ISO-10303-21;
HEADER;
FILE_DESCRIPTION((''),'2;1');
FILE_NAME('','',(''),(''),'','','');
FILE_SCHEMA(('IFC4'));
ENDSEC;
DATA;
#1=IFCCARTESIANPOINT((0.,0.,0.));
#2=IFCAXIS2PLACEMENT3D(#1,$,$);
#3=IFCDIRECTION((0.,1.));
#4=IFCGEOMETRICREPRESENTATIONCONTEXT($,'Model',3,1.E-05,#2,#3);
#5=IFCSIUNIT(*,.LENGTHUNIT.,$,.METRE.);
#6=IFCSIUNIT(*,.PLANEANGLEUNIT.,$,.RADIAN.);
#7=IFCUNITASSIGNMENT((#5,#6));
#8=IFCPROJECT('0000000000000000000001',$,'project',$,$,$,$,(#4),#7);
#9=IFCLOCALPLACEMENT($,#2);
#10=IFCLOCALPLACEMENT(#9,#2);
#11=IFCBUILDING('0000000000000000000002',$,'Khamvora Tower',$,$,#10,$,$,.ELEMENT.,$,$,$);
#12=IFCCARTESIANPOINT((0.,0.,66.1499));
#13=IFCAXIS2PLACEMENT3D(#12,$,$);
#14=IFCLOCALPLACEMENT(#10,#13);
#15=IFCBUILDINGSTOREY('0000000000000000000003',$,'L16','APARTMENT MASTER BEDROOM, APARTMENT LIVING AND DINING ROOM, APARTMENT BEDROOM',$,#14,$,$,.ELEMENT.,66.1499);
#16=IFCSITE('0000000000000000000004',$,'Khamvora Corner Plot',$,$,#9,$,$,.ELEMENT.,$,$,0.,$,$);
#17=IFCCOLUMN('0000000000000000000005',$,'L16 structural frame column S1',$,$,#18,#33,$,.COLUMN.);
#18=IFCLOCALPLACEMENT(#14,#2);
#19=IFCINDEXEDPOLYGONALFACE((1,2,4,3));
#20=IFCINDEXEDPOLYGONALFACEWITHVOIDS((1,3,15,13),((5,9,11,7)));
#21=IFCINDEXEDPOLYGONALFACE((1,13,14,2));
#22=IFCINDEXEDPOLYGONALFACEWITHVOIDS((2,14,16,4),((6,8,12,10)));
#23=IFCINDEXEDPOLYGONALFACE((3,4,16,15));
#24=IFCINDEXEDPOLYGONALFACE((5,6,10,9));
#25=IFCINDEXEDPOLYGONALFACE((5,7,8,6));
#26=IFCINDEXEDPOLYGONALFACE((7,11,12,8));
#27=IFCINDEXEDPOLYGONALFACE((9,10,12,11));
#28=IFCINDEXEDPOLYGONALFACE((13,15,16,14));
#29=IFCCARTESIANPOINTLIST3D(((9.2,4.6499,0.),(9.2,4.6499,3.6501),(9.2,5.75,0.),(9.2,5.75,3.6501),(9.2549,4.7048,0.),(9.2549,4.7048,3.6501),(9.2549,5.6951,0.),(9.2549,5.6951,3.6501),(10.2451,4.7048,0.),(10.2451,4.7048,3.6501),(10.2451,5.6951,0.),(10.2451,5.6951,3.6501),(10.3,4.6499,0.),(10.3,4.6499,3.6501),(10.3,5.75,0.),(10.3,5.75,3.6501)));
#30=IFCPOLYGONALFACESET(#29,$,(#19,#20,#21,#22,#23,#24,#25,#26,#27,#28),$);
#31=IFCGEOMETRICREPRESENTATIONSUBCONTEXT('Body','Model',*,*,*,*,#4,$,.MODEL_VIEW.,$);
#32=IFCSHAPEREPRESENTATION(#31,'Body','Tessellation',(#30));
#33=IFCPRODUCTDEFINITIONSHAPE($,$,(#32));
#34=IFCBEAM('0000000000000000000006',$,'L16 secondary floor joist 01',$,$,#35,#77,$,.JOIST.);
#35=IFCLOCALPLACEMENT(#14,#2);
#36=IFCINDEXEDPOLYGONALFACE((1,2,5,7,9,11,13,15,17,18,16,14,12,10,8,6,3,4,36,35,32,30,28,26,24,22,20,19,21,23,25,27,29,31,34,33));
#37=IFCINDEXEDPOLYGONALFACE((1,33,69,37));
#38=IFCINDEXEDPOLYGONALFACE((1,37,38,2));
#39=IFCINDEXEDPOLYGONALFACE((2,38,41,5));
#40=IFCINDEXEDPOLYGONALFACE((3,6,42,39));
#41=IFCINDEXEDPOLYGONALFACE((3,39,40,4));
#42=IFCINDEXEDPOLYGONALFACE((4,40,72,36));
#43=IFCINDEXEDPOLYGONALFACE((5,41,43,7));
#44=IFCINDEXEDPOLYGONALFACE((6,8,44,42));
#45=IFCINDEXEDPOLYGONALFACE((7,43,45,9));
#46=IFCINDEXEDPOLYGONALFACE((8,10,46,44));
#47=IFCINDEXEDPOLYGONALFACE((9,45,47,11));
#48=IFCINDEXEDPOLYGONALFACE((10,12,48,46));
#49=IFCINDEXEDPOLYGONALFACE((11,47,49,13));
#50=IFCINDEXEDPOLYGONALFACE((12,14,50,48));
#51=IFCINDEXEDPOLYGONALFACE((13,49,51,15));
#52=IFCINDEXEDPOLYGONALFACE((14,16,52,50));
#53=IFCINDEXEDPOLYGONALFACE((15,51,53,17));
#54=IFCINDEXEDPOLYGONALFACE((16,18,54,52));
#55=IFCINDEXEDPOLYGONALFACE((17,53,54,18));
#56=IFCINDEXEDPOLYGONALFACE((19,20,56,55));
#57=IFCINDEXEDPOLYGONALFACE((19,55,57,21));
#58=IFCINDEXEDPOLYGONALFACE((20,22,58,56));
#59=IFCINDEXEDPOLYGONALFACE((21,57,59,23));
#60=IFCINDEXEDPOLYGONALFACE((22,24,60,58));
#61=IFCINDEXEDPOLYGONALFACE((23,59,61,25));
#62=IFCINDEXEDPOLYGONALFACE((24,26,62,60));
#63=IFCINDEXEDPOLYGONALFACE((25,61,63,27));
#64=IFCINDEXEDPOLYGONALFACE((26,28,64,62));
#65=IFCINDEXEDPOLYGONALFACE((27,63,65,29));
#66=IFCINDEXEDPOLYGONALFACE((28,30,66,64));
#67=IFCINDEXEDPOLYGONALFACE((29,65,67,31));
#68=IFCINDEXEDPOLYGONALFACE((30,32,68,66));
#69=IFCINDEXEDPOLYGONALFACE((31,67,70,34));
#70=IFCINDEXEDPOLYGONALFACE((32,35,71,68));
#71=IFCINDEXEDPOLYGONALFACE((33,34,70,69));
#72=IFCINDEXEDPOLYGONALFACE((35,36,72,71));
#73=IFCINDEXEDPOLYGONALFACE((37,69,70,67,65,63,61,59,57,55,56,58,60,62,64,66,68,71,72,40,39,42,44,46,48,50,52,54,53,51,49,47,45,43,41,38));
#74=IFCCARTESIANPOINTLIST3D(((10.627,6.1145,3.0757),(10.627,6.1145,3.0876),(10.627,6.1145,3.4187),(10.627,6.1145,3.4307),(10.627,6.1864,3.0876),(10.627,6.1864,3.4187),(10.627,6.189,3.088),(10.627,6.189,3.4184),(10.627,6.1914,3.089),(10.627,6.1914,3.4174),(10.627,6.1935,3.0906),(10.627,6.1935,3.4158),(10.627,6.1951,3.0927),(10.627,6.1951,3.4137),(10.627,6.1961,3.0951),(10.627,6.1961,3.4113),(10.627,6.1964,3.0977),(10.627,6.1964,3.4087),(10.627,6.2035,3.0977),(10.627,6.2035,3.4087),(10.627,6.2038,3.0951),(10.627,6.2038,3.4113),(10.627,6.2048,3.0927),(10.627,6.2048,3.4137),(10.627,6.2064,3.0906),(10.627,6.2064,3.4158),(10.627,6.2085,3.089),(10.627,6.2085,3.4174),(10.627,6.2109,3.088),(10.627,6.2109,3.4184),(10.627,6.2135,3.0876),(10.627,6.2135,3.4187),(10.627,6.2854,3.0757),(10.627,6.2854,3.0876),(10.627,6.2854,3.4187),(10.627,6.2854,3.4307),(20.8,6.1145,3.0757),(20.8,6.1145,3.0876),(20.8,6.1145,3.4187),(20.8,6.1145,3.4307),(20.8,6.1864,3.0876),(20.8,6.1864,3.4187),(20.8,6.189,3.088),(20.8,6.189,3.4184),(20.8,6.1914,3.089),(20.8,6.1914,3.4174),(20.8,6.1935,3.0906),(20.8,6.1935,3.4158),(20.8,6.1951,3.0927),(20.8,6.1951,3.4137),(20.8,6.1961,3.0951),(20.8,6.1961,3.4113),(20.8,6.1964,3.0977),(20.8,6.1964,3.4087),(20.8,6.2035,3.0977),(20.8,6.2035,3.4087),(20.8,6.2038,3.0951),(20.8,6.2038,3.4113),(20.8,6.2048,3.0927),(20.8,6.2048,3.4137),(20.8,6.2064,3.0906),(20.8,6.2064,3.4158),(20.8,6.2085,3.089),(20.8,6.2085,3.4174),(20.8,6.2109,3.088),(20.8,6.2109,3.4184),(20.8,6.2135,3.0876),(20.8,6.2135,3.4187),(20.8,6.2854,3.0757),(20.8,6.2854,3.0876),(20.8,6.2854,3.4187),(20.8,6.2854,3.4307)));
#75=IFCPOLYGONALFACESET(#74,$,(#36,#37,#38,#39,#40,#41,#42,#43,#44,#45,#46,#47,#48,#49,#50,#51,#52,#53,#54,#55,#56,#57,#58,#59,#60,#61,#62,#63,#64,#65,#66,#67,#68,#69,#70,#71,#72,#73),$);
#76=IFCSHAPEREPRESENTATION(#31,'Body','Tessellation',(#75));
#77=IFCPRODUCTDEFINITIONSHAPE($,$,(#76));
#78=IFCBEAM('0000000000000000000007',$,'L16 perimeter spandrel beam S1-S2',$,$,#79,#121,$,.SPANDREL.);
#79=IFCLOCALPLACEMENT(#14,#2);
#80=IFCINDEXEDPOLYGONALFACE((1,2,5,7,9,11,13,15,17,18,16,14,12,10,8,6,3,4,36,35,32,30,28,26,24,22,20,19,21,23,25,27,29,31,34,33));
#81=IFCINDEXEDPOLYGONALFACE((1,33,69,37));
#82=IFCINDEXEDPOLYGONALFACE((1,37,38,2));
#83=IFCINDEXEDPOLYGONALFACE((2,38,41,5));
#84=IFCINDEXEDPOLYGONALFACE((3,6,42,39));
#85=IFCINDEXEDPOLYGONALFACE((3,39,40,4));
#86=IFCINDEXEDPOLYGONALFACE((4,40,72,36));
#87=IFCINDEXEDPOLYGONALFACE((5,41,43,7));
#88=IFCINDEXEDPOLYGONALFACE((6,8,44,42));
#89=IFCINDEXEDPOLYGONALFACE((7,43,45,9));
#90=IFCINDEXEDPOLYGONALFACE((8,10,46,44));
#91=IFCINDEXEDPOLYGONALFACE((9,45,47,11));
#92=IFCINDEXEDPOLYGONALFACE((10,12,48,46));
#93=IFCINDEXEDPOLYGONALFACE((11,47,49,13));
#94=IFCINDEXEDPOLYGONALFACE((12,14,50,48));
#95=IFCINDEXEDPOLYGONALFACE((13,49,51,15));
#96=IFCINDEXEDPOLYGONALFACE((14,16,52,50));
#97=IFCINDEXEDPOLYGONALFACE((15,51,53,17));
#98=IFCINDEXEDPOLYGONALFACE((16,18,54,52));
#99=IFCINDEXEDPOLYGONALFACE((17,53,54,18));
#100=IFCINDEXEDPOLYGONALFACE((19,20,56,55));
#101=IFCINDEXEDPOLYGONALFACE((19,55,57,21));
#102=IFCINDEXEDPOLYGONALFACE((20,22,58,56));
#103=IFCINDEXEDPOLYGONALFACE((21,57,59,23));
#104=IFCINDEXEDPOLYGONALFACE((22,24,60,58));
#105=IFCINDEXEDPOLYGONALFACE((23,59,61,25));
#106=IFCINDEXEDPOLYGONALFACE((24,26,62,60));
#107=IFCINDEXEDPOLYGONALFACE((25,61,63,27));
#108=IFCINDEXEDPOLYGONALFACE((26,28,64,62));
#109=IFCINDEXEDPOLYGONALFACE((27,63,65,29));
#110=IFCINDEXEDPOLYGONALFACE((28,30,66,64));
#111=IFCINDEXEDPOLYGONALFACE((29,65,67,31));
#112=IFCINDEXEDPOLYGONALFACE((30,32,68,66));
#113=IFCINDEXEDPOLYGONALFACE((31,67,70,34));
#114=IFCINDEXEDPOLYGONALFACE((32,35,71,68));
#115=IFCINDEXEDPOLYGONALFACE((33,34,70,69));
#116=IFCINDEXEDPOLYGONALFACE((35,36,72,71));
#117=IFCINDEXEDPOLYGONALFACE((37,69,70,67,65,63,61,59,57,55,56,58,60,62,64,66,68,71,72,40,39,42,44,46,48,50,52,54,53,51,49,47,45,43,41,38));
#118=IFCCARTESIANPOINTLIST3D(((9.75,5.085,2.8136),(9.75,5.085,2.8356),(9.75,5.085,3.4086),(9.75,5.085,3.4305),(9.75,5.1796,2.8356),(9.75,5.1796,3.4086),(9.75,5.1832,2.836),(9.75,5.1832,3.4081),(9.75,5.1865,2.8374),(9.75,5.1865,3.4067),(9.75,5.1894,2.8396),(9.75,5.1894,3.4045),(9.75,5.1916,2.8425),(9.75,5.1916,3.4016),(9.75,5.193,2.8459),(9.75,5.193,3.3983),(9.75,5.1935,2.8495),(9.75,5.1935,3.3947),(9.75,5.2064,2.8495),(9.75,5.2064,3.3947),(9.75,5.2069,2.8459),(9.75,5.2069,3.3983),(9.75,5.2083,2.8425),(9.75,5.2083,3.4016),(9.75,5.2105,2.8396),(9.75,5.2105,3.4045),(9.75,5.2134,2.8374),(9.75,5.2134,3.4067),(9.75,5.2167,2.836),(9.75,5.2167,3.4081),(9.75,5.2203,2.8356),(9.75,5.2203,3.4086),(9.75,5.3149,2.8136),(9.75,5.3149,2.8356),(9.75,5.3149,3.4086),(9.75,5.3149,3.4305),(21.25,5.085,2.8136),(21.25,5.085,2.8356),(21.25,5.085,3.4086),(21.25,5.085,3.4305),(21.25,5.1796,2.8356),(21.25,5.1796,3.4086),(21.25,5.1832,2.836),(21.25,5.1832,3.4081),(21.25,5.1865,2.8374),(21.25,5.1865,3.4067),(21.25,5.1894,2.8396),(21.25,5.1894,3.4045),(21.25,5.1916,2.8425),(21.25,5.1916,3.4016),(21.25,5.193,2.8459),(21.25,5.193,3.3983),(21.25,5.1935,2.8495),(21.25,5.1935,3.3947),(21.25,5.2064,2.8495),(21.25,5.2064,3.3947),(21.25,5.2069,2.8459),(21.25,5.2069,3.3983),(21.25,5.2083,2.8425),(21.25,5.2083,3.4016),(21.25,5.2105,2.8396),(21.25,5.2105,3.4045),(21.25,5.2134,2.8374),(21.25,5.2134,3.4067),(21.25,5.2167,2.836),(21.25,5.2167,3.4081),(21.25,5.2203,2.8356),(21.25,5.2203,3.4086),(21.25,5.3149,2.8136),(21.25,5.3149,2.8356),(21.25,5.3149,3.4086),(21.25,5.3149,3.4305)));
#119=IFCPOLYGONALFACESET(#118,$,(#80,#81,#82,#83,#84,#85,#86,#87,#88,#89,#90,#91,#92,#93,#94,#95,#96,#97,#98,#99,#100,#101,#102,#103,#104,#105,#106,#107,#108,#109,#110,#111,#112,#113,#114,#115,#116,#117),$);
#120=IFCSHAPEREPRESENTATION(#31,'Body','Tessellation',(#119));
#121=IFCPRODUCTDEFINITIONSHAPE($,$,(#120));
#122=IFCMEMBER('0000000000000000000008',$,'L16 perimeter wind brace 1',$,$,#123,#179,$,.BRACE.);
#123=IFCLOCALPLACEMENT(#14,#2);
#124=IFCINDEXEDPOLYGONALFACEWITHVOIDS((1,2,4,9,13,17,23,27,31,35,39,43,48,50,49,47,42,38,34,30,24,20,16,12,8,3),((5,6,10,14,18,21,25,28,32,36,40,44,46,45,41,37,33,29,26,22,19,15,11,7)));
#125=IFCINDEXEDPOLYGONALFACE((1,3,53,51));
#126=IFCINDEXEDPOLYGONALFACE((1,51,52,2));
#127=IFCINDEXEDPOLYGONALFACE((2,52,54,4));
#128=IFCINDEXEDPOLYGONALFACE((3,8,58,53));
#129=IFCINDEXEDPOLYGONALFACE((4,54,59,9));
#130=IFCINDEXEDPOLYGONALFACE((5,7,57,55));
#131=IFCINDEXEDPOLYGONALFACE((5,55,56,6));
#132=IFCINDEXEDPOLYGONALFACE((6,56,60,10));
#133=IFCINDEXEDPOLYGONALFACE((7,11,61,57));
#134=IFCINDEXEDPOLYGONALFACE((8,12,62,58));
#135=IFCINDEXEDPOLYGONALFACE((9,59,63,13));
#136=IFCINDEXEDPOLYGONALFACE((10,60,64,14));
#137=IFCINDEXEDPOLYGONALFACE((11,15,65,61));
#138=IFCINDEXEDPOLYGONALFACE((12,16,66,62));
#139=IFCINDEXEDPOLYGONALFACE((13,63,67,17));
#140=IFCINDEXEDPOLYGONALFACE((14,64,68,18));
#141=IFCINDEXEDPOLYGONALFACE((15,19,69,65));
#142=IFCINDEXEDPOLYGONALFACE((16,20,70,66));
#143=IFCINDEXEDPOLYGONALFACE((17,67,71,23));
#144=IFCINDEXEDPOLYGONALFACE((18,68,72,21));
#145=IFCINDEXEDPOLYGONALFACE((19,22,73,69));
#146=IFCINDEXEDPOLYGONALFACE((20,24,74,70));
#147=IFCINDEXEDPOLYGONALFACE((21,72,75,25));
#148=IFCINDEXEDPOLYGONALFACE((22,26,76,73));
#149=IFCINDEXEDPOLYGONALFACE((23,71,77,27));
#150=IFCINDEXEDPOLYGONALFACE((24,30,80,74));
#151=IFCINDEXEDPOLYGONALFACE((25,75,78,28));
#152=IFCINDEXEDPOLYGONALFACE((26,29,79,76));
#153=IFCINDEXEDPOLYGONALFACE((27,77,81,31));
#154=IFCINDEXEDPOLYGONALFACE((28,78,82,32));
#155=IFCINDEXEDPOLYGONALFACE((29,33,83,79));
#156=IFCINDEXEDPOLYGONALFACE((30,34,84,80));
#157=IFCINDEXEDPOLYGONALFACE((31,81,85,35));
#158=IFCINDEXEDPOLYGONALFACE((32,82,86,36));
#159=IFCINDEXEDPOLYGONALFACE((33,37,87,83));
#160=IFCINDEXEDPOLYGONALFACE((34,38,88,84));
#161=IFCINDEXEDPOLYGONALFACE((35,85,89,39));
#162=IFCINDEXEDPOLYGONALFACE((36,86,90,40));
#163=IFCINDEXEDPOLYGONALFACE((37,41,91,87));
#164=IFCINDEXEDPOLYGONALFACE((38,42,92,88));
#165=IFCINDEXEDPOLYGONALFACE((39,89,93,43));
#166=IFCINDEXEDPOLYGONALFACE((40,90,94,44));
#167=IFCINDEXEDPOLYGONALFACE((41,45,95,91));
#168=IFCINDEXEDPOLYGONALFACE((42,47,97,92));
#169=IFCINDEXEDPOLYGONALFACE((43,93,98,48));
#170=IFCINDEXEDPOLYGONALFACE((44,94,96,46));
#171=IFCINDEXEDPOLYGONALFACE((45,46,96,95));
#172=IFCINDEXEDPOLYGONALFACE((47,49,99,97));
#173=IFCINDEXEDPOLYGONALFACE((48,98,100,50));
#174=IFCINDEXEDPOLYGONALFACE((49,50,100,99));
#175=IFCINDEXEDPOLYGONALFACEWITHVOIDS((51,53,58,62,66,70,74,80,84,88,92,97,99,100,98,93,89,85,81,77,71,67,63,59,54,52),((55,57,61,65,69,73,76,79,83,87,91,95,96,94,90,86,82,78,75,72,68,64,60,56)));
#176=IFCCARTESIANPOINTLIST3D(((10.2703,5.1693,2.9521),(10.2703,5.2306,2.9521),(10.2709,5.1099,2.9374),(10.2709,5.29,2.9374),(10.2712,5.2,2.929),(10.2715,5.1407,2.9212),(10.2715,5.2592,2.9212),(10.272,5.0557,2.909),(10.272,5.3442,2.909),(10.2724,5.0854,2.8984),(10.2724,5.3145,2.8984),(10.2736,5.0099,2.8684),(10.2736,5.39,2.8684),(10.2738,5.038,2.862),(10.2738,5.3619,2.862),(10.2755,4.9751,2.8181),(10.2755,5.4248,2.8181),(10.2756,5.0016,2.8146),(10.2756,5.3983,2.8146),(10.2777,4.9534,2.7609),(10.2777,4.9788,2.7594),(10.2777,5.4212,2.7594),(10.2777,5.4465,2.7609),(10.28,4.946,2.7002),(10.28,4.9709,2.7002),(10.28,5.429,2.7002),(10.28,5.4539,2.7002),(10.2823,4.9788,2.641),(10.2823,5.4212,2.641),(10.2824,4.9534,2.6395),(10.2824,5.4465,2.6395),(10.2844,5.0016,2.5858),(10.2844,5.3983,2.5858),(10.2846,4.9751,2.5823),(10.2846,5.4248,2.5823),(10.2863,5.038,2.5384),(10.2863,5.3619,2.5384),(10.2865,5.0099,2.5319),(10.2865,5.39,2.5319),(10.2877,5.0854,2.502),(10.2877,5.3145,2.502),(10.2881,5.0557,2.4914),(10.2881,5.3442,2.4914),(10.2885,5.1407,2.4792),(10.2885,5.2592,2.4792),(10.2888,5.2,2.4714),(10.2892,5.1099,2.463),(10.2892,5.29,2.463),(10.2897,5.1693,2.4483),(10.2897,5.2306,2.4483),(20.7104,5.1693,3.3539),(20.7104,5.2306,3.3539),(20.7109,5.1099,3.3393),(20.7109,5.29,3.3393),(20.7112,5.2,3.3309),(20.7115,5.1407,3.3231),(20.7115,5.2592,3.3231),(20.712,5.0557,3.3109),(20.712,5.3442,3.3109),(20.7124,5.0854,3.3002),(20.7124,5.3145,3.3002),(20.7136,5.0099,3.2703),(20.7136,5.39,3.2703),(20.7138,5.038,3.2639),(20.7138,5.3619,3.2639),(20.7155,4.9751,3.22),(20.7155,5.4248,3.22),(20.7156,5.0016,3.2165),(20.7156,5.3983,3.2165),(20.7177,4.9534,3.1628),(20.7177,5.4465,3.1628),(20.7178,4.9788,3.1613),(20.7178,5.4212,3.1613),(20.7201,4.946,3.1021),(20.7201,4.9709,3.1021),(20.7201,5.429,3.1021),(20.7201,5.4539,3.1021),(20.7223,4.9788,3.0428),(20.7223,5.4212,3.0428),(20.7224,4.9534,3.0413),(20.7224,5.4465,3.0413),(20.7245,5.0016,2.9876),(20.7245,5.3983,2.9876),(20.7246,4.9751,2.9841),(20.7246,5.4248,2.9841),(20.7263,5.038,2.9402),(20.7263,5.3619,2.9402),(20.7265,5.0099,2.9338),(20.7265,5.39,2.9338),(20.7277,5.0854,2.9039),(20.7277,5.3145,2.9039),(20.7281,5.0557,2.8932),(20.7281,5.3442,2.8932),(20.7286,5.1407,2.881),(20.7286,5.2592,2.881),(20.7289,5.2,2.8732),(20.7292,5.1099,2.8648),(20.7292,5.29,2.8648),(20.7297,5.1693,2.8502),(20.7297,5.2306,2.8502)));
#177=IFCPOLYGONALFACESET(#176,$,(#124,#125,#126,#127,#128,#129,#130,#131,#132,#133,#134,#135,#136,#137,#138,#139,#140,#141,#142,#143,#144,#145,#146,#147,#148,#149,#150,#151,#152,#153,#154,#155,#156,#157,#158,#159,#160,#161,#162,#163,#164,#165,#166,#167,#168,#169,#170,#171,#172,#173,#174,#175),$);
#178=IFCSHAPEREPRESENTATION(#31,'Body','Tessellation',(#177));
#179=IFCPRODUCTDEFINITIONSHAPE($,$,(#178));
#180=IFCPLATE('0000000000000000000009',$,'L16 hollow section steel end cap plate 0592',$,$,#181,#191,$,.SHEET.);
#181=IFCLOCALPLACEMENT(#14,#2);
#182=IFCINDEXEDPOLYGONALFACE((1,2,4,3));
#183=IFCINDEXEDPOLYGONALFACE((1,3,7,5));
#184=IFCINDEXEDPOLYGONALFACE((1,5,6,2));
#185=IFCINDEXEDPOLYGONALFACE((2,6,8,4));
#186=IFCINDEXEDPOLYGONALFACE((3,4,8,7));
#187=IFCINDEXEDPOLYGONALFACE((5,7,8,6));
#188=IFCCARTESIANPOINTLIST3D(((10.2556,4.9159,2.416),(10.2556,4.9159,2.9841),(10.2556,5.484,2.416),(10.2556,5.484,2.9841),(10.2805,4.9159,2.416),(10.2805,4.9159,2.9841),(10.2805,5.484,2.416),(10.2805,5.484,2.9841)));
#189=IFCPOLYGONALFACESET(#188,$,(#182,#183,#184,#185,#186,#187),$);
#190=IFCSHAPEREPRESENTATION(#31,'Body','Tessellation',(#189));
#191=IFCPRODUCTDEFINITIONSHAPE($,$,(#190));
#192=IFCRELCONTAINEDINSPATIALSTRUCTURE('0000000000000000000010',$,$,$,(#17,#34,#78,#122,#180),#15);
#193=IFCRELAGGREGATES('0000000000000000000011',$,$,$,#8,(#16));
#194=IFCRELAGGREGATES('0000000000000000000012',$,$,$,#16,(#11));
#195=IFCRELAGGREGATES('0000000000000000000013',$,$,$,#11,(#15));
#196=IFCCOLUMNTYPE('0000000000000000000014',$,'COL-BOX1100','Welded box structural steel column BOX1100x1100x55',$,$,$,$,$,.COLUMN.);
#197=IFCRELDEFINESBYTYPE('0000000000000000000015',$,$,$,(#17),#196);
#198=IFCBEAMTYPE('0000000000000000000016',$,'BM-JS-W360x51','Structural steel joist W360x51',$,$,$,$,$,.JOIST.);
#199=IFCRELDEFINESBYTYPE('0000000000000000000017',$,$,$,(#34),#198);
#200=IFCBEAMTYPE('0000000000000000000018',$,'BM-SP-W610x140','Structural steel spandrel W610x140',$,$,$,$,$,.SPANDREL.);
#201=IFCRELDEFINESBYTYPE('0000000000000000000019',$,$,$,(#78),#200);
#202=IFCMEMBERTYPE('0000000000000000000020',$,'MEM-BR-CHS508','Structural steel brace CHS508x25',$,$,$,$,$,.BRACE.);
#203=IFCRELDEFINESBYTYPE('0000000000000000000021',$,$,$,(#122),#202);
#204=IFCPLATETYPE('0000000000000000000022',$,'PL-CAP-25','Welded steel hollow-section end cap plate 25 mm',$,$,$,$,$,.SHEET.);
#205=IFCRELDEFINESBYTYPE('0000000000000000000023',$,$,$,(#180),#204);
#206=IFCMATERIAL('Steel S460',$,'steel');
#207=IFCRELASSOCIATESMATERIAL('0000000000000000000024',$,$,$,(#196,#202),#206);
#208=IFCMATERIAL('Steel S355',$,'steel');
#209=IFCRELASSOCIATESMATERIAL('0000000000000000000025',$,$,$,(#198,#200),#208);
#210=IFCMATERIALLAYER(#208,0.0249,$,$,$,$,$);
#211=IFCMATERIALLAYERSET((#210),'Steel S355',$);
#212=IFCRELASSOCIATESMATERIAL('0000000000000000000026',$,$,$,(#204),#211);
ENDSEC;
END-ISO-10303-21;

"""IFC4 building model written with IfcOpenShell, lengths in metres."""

from ifc_helpers import new_model, si_unit, direction, frame, origin, origin_2d, place, context, subcontext, project, spatial, rectangle, hollow_rectangle, hollow_circle, i_section, extrude, material, layer, layer_set, material_profile, profile_set, type_object, element, save


model = new_model("IFC4")

# Units and contexts
model_context = context("Model", 3, precision=1e-05, world=origin(), true_north=direction((0.0, 1.0)))
body_context = subcontext(model_context, "Body", "Model", "MODEL_VIEW")
ifc_project = project(units=[si_unit("LENGTHUNIT", "METRE"), si_unit("PLANEANGLEUNIT", "RADIAN")], contexts=[model_context])

# Site, building, storey
site_placement = place(None, origin())
site = spatial("IfcSite", under=ifc_project, at=site_placement, Name="Khamvora Corner Plot", CompositionType="ELEMENT", RefElevation=0.0)
building_placement = place(site_placement, origin())
building = spatial("IfcBuilding", under=site, at=building_placement, Name="Khamvora Tower", CompositionType="ELEMENT")
storey_placement = place(building_placement, frame((0.0, 0.0, 66.1499)))
storey = spatial("IfcBuildingStorey", under=building, at=storey_placement, Name="L16", Description="APARTMENT MASTER BEDROOM, APARTMENT LIVING AND DINING ROOM, APARTMENT BEDROOM", CompositionType="ELEMENT", Elevation=66.1499)

# Column
ifc_material_1 = material(Name="Steel S460", Category="steel")
ifc_material_profile_1 = material_profile(ifc_material_1, hollow_rectangle(XDim=1.1001, YDim=1.1001, WallThickness=0.0549, at=origin_2d()), Name="BOX1100x1100x55")
ifc_profile_set_1 = profile_set([ifc_material_profile_1], Name="Steel S460")
column_type = type_object("IfcColumnType", Name="COL-BOX1100", Description="Welded box structural steel column BOX1100x1100x55", PredefinedType="COLUMN", material=ifc_profile_set_1)
column_placement = place(storey_placement, frame((9.75, 5.2, 0.0), z_axis=(0.0, 0.0, 1.0), x_axis=(1.0, 0.0, 0.0)))
element("IfcColumn", 1, at=column_placement, inside=storey, type_object=column_type, Name="L16 structural frame column S1", PredefinedType="COLUMN", context=body_context, shape_type="SweptSolid", body=[
    extrude(hollow_rectangle(XDim=1.1001, YDim=1.1001, WallThickness=0.0549, at=origin_2d()), origin(), (0.0, 0.0, 1.0), 3.6501),
])

# Beams
ifc_material_2 = material(Name="Steel S355", Category="steel")
ifc_material_profile_2 = material_profile(ifc_material_2, i_section(OverallWidth=0.1709, OverallDepth=0.355, WebThickness=0.0071, FlangeThickness=0.012, FilletRadius=0.01, at=origin_2d()), Name="W360x51")
ifc_profile_set_2 = profile_set([ifc_material_profile_2], Name="Steel S355")
beam_type_1 = type_object("IfcBeamType", Name="BM-JS-W360x51", Description="Structural steel joist W360x51", PredefinedType="JOIST", material=ifc_profile_set_2)
beam_1_placement = place(storey_placement, frame((10.627, 6.2, 3.2532), z_axis=(1.0, 0.0, 0.0), x_axis=(0.0, 1.0, 0.0)))
element("IfcBeam", 2, at=beam_1_placement, inside=storey, type_object=beam_type_1, Name="L16 secondary floor joist 01", PredefinedType="JOIST", context=body_context, shape_type="SweptSolid", body=[
    extrude(i_section(OverallWidth=0.1709, OverallDepth=0.355, WebThickness=0.0071, FlangeThickness=0.012, FilletRadius=0.01, at=origin_2d()), origin(), (0.0, 0.0, 1.0), 10.1731),
])
ifc_material_profile_3 = material_profile(ifc_material_2, i_section(OverallWidth=0.23, OverallDepth=0.6169, WebThickness=0.0129, FlangeThickness=0.022, FilletRadius=0.0139, at=origin_2d()), Name="W610x140")
ifc_profile_set_3 = profile_set([ifc_material_profile_3], Name="Steel S355")
beam_type_2 = type_object("IfcBeamType", Name="BM-SP-W610x140", Description="Structural steel spandrel W610x140", PredefinedType="SPANDREL", material=ifc_profile_set_3)
beam_2_placement = place(storey_placement, frame((9.75, 5.2, 3.1221), z_axis=(1.0, 0.0, 0.0), x_axis=(0.0, 1.0, 0.0)))
element("IfcBeam", 3, at=beam_2_placement, inside=storey, type_object=beam_type_2, Name="L16 perimeter spandrel beam S1-S2", PredefinedType="SPANDREL", context=body_context, shape_type="SweptSolid", body=[
    extrude(i_section(OverallWidth=0.23, OverallDepth=0.6169, WebThickness=0.0129, FlangeThickness=0.022, FilletRadius=0.0139, at=origin_2d()), origin(), (0.0, 0.0, 1.0), 11.5),
])

# Member
ifc_material_profile_4 = material_profile(ifc_material_1, hollow_circle(Radius=0.2539, WallThickness=0.0249, at=origin_2d()), Name="CHS508x25")
ifc_profile_set_4 = profile_set([ifc_material_profile_4], Name="Steel S460")
member_type = type_object("IfcMemberType", Name="MEM-BR-CHS508", Description="Structural steel brace CHS508x25", PredefinedType="BRACE", material=ifc_profile_set_4)
member_placement = place(storey_placement, frame((10.28, 5.2, 2.7002), z_axis=(0.99926, 0.0, 0.038464), x_axis=(0.0, 1.0, 0.0)))
element("IfcMember", 4, at=member_placement, inside=storey, type_object=member_type, Name="L16 perimeter wind brace 1", PredefinedType="BRACE", context=body_context, shape_type="SweptSolid", body=[
    extrude(hollow_circle(Radius=0.2539, WallThickness=0.0249, at=origin_2d()), origin(), (0.0, 0.0, 1.0), 10.4478),
])

# Plate
ifc_layer_1 = layer(ifc_material_2, 0.0249)
ifc_layer_set_1 = layer_set([ifc_layer_1], Name="Steel S355")
plate_type_1 = type_object("IfcPlateType", Name="PL-CAP-25", Description="Welded steel hollow-section end cap plate 25 mm", PredefinedType="SHEET", material=ifc_layer_set_1)
plate_1_placement = place(storey_placement, frame((10.2681, 5.2, 2.416), z_axis=(0.0, 0.0, 1.0), x_axis=(1.0, 0.0, 0.0)))
element("IfcPlate", 5, at=plate_1_placement, inside=storey, type_object=plate_type_1, Name="L16 hollow section steel end cap plate 0592", PredefinedType="SHEET", context=body_context, shape_type="SweptSolid", body=[
    extrude(rectangle(XDim=0.0249, YDim=0.5681, at=origin_2d()), origin(), (0.0, 0.0, 1.0), 0.5681),
])

save(model, "model.ifc")
